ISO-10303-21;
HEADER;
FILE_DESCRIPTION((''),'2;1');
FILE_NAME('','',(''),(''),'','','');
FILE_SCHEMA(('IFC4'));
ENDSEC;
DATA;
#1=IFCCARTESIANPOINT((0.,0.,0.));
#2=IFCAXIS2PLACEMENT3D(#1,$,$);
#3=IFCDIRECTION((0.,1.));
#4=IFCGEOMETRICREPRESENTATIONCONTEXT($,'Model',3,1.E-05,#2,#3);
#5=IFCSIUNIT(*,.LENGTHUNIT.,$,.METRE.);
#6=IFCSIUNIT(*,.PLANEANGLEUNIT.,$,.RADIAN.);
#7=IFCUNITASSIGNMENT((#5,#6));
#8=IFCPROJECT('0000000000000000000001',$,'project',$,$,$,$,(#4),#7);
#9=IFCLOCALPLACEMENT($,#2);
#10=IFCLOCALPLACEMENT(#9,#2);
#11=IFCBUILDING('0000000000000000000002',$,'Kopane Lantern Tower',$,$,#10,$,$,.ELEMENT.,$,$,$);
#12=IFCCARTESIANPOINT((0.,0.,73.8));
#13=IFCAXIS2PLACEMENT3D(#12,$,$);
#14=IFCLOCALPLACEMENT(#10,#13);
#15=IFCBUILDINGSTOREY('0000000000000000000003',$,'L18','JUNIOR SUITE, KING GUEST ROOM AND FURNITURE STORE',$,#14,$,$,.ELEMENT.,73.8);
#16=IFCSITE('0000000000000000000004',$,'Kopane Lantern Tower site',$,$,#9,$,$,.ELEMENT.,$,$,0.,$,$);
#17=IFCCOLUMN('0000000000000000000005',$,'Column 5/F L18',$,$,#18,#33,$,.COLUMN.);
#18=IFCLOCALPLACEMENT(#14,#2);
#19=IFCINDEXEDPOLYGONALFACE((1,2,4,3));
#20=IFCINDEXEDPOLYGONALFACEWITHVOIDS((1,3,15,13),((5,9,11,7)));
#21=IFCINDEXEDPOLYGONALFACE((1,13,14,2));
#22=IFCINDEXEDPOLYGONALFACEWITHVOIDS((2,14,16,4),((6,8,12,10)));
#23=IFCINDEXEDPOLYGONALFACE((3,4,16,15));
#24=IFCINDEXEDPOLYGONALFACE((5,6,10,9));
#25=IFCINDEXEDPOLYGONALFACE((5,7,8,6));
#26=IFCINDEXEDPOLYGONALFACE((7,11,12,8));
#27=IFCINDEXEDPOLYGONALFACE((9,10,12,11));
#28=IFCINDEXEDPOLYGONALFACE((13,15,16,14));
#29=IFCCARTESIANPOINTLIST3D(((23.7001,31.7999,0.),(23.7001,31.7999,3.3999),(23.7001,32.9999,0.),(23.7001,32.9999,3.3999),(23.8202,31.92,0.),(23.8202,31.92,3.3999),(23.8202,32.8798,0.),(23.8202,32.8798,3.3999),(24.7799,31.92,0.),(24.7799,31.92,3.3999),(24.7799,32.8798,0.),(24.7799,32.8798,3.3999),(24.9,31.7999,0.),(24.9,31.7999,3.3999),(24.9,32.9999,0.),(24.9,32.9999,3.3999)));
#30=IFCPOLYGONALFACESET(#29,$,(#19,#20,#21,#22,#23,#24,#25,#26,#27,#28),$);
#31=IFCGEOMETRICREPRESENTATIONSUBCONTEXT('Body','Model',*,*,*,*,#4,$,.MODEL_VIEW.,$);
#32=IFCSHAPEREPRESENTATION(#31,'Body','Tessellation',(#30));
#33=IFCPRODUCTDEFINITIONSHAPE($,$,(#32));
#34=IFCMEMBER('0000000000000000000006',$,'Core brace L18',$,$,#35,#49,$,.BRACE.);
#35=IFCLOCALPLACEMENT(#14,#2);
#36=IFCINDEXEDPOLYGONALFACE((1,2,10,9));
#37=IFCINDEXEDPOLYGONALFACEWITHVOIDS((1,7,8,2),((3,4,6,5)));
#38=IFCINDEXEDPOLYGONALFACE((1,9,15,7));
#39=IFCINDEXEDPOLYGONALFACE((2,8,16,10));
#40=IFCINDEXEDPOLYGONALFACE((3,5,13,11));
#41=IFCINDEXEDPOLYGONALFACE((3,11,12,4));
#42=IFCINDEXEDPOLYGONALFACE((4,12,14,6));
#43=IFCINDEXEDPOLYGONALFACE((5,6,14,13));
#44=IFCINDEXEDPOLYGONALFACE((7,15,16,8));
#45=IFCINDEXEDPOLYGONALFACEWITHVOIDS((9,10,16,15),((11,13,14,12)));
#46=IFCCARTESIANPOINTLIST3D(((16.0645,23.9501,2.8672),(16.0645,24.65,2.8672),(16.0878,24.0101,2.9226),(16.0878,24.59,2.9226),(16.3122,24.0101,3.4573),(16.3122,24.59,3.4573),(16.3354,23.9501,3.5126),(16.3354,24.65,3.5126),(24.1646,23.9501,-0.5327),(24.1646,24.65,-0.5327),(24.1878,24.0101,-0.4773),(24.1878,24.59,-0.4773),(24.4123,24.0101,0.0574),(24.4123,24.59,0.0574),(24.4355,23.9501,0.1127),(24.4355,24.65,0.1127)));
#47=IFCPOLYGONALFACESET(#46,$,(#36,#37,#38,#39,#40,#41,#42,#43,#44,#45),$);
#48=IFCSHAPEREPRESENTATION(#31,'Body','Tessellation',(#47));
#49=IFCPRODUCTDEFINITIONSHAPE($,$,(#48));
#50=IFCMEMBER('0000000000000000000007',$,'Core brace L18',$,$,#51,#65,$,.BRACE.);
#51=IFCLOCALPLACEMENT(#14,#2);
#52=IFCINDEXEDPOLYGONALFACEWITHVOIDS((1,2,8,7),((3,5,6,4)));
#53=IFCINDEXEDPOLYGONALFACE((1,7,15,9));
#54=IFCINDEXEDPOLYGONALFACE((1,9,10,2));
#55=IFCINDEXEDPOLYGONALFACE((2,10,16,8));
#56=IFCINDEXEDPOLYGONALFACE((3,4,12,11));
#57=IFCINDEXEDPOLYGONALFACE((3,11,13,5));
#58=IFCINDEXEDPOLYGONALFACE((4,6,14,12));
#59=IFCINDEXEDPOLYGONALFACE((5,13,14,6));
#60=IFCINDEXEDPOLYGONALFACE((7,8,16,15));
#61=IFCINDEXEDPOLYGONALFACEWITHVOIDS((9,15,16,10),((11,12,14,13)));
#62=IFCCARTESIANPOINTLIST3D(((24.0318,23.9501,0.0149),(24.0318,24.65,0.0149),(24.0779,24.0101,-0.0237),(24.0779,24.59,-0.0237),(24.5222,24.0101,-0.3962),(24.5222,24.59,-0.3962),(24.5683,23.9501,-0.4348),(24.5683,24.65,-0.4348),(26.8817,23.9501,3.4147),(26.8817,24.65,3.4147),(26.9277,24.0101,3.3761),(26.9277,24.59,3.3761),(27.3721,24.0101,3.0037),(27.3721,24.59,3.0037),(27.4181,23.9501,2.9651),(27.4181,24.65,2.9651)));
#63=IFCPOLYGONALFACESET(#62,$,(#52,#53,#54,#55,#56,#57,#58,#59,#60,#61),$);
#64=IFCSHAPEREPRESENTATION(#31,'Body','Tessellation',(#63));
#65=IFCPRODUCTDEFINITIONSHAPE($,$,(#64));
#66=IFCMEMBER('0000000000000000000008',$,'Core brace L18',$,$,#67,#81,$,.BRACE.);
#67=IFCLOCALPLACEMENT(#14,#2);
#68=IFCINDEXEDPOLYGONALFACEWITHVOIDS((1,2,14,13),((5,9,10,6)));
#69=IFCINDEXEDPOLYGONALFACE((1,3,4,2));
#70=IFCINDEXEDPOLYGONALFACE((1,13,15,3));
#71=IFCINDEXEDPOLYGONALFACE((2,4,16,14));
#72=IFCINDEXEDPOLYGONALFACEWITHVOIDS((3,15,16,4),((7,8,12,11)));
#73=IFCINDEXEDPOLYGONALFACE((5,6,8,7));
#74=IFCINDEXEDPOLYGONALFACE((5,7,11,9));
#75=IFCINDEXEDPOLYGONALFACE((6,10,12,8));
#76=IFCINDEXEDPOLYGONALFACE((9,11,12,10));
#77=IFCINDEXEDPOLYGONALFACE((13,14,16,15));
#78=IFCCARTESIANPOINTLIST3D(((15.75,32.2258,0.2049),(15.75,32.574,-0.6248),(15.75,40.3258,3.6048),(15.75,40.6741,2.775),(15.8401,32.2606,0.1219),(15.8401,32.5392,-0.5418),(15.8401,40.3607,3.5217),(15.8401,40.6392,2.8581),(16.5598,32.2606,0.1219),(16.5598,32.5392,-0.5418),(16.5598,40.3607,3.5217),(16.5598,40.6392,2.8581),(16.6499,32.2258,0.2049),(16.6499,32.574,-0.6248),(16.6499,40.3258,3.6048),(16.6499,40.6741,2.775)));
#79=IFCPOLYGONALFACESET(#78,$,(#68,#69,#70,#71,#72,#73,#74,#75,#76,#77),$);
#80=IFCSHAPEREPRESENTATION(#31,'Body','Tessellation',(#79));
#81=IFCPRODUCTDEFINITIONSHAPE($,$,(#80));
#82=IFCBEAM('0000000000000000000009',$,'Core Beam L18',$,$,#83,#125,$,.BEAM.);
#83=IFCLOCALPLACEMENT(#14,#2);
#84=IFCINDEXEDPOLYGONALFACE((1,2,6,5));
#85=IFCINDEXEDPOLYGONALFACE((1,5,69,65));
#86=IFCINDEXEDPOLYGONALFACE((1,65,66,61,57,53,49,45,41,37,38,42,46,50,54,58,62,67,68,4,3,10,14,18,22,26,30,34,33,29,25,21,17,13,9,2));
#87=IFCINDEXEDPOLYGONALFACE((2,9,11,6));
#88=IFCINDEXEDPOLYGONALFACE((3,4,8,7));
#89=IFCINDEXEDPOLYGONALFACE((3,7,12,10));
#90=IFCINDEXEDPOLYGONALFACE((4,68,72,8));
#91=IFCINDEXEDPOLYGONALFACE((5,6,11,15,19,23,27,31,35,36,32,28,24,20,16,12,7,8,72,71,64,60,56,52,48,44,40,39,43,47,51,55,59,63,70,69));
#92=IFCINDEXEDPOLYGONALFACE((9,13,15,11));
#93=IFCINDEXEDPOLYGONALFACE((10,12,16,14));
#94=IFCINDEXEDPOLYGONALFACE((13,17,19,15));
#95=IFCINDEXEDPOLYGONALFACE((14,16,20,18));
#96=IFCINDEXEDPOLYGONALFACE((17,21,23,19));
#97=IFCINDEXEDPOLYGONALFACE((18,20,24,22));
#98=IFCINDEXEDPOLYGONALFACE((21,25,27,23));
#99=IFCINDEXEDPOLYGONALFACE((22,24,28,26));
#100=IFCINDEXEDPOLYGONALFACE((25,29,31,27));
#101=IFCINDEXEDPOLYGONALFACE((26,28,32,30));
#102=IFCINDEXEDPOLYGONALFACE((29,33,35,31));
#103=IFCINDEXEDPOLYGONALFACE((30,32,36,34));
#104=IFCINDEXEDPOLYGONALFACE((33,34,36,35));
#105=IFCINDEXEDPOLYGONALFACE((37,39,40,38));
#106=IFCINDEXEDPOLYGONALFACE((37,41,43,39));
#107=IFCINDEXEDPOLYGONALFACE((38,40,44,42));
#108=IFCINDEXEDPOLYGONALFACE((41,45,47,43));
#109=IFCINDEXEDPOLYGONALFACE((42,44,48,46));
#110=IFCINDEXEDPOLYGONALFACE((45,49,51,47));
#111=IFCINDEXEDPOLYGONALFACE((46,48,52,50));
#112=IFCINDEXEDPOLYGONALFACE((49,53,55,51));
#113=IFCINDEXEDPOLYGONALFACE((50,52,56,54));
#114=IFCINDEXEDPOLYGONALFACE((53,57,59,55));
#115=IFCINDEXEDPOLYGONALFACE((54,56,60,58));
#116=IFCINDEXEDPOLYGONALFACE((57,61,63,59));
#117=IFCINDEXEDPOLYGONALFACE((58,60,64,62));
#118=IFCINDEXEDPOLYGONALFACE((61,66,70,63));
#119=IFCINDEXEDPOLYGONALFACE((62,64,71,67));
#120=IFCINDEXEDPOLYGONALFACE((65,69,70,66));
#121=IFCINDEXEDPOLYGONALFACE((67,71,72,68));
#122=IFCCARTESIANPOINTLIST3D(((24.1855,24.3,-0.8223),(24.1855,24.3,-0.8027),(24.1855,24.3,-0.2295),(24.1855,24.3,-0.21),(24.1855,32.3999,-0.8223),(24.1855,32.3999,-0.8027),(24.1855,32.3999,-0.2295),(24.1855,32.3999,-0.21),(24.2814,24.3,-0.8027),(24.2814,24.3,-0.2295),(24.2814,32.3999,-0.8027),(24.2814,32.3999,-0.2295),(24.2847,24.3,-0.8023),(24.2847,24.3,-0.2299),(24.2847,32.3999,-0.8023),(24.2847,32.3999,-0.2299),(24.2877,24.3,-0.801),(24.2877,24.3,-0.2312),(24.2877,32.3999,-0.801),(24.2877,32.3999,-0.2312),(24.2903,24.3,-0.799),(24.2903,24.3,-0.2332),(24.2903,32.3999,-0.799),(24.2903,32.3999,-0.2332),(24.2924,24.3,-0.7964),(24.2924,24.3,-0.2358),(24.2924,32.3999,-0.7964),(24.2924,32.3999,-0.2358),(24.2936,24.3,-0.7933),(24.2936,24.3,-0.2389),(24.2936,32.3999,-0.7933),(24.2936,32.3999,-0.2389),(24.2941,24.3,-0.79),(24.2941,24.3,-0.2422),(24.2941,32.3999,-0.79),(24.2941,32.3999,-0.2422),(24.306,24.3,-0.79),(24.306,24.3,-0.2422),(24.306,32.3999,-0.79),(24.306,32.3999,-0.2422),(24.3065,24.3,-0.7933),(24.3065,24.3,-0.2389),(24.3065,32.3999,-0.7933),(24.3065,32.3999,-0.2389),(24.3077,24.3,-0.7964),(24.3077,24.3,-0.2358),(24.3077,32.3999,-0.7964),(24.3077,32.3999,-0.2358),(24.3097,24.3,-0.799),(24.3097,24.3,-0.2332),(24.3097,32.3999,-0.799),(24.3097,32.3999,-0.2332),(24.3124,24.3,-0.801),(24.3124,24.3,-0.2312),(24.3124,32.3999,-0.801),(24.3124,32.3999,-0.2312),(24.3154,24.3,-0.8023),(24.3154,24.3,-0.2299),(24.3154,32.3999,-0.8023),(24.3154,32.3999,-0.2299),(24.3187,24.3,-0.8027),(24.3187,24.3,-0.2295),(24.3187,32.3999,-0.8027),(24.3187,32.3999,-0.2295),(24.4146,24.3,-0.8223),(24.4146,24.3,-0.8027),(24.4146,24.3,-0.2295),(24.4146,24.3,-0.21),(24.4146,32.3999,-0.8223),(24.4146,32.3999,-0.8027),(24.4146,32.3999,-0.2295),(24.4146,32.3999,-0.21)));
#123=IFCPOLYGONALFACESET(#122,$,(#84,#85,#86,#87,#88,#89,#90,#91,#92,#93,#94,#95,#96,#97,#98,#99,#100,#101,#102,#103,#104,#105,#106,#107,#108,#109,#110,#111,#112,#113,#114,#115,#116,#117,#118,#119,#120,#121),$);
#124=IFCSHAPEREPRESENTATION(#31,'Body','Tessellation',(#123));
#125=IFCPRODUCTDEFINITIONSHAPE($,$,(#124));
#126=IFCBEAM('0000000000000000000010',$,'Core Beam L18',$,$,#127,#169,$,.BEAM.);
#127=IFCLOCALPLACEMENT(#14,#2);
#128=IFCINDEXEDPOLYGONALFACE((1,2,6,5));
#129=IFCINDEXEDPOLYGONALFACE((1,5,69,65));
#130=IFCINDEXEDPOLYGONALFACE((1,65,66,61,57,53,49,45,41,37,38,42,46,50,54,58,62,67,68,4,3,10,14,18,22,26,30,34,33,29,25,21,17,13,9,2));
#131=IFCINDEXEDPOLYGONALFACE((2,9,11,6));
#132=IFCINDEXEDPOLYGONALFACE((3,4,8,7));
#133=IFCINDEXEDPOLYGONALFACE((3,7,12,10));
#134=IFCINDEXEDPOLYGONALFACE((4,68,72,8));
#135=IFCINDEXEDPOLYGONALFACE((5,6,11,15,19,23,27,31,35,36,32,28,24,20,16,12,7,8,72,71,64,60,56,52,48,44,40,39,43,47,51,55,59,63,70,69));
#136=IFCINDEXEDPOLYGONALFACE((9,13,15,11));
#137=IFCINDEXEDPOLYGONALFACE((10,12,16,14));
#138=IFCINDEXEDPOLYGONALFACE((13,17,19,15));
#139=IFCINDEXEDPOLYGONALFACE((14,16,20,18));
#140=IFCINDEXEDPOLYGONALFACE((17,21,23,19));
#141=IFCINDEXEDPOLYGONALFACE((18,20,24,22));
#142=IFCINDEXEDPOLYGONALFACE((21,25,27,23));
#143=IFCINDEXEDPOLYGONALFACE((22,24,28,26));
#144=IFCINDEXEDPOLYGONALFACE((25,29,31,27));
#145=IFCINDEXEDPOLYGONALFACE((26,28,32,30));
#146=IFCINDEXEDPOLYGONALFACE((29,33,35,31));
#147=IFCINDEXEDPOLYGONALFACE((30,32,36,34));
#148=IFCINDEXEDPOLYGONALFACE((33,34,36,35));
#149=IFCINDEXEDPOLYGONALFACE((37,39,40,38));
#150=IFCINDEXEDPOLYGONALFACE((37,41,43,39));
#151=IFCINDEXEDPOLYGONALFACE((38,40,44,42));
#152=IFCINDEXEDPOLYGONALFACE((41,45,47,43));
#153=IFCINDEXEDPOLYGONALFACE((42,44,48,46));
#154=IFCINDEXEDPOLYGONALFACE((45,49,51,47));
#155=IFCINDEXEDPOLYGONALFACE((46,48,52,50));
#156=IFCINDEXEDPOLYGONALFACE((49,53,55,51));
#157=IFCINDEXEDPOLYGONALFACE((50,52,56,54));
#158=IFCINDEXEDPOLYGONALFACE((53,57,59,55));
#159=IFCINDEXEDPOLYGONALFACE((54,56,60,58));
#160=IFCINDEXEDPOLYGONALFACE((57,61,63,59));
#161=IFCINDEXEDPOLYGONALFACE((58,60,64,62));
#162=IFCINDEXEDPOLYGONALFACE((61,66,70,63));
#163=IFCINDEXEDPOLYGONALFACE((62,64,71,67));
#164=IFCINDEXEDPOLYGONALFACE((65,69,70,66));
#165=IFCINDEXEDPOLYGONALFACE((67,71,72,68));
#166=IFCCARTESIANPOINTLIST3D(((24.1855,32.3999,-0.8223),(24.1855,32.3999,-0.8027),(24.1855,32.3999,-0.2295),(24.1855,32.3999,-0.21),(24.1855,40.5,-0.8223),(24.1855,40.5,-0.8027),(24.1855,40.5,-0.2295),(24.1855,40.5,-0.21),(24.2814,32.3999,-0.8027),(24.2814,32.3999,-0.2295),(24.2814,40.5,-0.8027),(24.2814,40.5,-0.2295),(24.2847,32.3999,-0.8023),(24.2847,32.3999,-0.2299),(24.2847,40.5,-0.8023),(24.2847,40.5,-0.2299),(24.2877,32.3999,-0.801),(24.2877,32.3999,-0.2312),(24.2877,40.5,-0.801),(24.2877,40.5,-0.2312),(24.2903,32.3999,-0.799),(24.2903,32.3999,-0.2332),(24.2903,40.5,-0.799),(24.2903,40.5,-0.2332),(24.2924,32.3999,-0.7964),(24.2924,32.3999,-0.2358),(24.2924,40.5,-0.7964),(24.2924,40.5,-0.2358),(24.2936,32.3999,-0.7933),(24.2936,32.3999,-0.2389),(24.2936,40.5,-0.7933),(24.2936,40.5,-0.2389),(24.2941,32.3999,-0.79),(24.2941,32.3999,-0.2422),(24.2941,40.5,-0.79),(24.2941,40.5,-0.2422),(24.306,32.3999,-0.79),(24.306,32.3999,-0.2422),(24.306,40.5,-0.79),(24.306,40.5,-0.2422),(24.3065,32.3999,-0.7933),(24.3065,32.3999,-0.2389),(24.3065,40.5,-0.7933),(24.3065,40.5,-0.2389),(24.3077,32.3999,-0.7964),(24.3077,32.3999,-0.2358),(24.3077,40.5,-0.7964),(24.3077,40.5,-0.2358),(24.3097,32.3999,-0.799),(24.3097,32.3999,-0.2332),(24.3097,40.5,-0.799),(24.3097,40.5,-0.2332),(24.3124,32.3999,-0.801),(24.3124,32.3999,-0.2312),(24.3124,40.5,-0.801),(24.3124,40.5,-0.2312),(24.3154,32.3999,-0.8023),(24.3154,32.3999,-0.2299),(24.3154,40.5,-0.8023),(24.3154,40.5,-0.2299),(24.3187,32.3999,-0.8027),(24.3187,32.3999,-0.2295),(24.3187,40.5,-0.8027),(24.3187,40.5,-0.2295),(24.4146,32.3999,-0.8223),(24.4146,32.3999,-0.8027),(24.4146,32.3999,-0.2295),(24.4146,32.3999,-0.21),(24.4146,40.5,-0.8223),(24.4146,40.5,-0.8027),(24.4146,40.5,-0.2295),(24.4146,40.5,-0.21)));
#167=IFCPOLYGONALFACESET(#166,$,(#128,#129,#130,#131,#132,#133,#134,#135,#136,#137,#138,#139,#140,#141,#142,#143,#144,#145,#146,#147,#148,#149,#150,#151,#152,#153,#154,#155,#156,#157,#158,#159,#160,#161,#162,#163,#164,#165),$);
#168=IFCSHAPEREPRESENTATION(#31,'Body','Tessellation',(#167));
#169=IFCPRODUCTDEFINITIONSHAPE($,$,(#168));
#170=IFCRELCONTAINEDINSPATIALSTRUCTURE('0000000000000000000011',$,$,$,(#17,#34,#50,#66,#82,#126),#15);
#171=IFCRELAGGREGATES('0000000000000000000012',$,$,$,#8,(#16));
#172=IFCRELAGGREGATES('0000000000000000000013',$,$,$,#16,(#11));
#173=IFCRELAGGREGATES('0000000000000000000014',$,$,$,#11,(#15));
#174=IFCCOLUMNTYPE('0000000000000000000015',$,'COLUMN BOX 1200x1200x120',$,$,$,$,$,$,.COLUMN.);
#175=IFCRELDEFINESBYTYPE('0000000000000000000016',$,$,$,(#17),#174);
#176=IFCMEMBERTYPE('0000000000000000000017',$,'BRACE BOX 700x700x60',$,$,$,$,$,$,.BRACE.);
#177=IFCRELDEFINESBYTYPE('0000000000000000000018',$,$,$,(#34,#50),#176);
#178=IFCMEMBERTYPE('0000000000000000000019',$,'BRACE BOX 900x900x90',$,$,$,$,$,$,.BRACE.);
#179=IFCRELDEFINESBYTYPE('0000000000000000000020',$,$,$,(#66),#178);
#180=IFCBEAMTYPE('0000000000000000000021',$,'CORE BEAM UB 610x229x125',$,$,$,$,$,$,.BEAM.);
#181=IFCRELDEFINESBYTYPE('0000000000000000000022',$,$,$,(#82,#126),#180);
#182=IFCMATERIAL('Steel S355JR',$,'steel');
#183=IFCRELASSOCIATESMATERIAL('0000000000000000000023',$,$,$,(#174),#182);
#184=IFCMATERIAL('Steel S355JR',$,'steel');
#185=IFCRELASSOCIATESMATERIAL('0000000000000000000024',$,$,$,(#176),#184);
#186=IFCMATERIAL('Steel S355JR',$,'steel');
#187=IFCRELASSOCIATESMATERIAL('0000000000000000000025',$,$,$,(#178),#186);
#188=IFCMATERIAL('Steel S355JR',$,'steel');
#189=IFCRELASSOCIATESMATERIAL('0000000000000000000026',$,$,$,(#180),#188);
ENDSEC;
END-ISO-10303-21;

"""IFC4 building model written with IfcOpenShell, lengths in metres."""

from ifc_helpers import new_model, si_unit, direction, frame, origin, origin_2d, place, context, subcontext, project, spatial, hollow_rectangle, i_section, extrude, material, material_profile, profile_set, type_object, element, save


model = new_model("IFC4")

# Units and contexts
model_context = context("Model", 3, precision=1e-05, world=origin(), true_north=direction((0.0, 1.0)))
body_context = subcontext(model_context, "Body", "Model", "MODEL_VIEW")
ifc_project = project(units=[si_unit("LENGTHUNIT", "METRE"), si_unit("PLANEANGLEUNIT", "RADIAN")], contexts=[model_context])

# Site, building, storey
site_placement = place(None, origin())
site = spatial("IfcSite", under=ifc_project, at=site_placement, Name="Kopane Lantern Tower site", CompositionType="ELEMENT", RefElevation=0.0)
building_placement = place(site_placement, origin())
building = spatial("IfcBuilding", under=site, at=building_placement, Name="Kopane Lantern Tower", CompositionType="ELEMENT")
storey_placement = place(building_placement, frame((0.0, 0.0, 73.8)))
storey = spatial("IfcBuildingStorey", under=building, at=storey_placement, Name="L18", Description="JUNIOR SUITE, KING GUEST ROOM AND FURNITURE STORE", CompositionType="ELEMENT", Elevation=73.8)

# Column
ifc_material_1 = material(Name="Steel S355JR", Category="steel")
ifc_material_profile_1 = material_profile(ifc_material_1, hollow_rectangle(XDim=1.2, YDim=1.2, WallThickness=0.1201, at=origin_2d()), Name="BOX 1200x1200x120")
ifc_profile_set_1 = profile_set([ifc_material_profile_1], Name="Steel S355JR")
column_type = type_object("IfcColumnType", Name="COLUMN BOX 1200x1200x120", PredefinedType="COLUMN", material=ifc_profile_set_1)
column_placement = place(storey_placement, frame((24.3, 32.3999, 0.0), z_axis=(0.0, 0.0, 1.0), x_axis=(1.0, 0.0, 0.0)))
element("IfcColumn", 1, at=column_placement, inside=storey, type_object=column_type, Name="Column 5/F L18", PredefinedType="COLUMN", context=body_context, shape_type="SweptSolid", body=[
    extrude(hollow_rectangle(XDim=1.2, YDim=1.2, WallThickness=0.1201, at=origin_2d()), origin(), (0.0, 0.0, 1.0), 3.3999),
])

# Members
ifc_material_2 = material(Name="Steel S355JR", Category="steel")
ifc_material_profile_2 = material_profile(ifc_material_2, hollow_rectangle(XDim=0.7, YDim=0.7, WallThickness=0.0601, at=origin_2d()), Name="BOX 700x700x60")
ifc_profile_set_2 = profile_set([ifc_material_profile_2], Name="Steel S355JR")
member_type_1 = type_object("IfcMemberType", Name="BRACE BOX 700x700x60", PredefinedType="BRACE", material=ifc_profile_set_2)
member_1_placement = place(storey_placement, frame((24.3, 24.3, -0.21), z_axis=(-0.922069, 0.0, 0.387026), x_axis=(0.0, -1.0, 0.0)))
element("IfcMember", 2, at=member_1_placement, inside=storey, type_object=member_type_1, Name="Core brace L18", PredefinedType="BRACE", context=body_context, shape_type="SweptSolid", body=[
    extrude(hollow_rectangle(XDim=0.7, YDim=0.7, WallThickness=0.0601, at=origin_2d()), origin(), (0.0, 0.0, 1.0), 8.7847),
])
member_2_placement = place(storey_placement, frame((24.3, 24.3, -0.21), z_axis=(0.64239, 0.0, 0.766378), x_axis=(0.0, 1.0, 0.0)))
element("IfcMember", 3, at=member_2_placement, inside=storey, type_object=member_type_1, Name="Core brace L18", PredefinedType="BRACE", context=body_context, shape_type="SweptSolid", body=[
    extrude(hollow_rectangle(XDim=0.7, YDim=0.7, WallThickness=0.0601, at=origin_2d()), origin(), (0.0, 0.0, 1.0), 4.4363),
])
ifc_material_3 = material(Name="Steel S355JR", Category="steel")
ifc_material_profile_3 = material_profile(ifc_material_3, hollow_rectangle(XDim=0.8999, YDim=0.8999, WallThickness=0.0901, at=origin_2d()), Name="BOX 900x900x90")
ifc_profile_set_3 = profile_set([ifc_material_profile_3], Name="Steel S355JR")
member_type_2 = type_object("IfcMemberType", Name="BRACE BOX 900x900x90", PredefinedType="BRACE", material=ifc_profile_set_3)
member_3_placement = place(storey_placement, frame((16.2, 32.3999, -0.21), z_axis=(0.0, 0.922069, 0.387026), x_axis=(-1.0, 0.0, 0.0)))
element("IfcMember", 4, at=member_3_placement, inside=storey, type_object=member_type_2, Name="Core brace L18", PredefinedType="BRACE", context=body_context, shape_type="SweptSolid", body=[
    extrude(hollow_rectangle(XDim=0.8999, YDim=0.8999, WallThickness=0.0901, at=origin_2d()), origin(), (0.0, 0.0, 1.0), 8.7847),
])

# Beams
ifc_material_4 = material(Name="Steel S355JR", Category="steel")
ifc_material_profile_4 = material_profile(ifc_material_4, i_section(OverallWidth=0.229, OverallDepth=0.6123, WebThickness=0.012, FlangeThickness=0.0195, FilletRadius=0.0127, at=origin_2d()), Name="UB 610x229x125")
ifc_profile_set_4 = profile_set([ifc_material_profile_4], Name="Steel S355JR")
beam_type_1 = type_object("IfcBeamType", Name="CORE BEAM UB 610x229x125", PredefinedType="BEAM", material=ifc_profile_set_4)
beam_1_placement = place(storey_placement, frame((24.3, 24.3, -0.5161), z_axis=(0.0, 1.0, 0.0), x_axis=(-1.0, 0.0, 0.0)))
element("IfcBeam", 5, at=beam_1_placement, inside=storey, type_object=beam_type_1, Name="Core Beam L18", PredefinedType="BEAM", context=body_context, shape_type="SweptSolid", body=[
    extrude(i_section(OverallWidth=0.229, OverallDepth=0.6123, WebThickness=0.012, FlangeThickness=0.0195, FilletRadius=0.0127, at=origin_2d()), origin(), (0.0, 0.0, 1.0), 8.0999),
])
beam_2_placement = place(storey_placement, frame((24.3, 32.3999, -0.5161), z_axis=(0.0, 1.0, 0.0), x_axis=(-1.0, 0.0, 0.0)))
element("IfcBeam", 6, at=beam_2_placement, inside=storey, type_object=beam_type_1, Name="Core Beam L18", PredefinedType="BEAM", context=body_context, shape_type="SweptSolid", body=[
    extrude(i_section(OverallWidth=0.229, OverallDepth=0.6123, WebThickness=0.012, FlangeThickness=0.0195, FilletRadius=0.0127, at=origin_2d()), origin(), (0.0, 0.0, 1.0), 8.1001),
])

save(model, "model.ifc")
